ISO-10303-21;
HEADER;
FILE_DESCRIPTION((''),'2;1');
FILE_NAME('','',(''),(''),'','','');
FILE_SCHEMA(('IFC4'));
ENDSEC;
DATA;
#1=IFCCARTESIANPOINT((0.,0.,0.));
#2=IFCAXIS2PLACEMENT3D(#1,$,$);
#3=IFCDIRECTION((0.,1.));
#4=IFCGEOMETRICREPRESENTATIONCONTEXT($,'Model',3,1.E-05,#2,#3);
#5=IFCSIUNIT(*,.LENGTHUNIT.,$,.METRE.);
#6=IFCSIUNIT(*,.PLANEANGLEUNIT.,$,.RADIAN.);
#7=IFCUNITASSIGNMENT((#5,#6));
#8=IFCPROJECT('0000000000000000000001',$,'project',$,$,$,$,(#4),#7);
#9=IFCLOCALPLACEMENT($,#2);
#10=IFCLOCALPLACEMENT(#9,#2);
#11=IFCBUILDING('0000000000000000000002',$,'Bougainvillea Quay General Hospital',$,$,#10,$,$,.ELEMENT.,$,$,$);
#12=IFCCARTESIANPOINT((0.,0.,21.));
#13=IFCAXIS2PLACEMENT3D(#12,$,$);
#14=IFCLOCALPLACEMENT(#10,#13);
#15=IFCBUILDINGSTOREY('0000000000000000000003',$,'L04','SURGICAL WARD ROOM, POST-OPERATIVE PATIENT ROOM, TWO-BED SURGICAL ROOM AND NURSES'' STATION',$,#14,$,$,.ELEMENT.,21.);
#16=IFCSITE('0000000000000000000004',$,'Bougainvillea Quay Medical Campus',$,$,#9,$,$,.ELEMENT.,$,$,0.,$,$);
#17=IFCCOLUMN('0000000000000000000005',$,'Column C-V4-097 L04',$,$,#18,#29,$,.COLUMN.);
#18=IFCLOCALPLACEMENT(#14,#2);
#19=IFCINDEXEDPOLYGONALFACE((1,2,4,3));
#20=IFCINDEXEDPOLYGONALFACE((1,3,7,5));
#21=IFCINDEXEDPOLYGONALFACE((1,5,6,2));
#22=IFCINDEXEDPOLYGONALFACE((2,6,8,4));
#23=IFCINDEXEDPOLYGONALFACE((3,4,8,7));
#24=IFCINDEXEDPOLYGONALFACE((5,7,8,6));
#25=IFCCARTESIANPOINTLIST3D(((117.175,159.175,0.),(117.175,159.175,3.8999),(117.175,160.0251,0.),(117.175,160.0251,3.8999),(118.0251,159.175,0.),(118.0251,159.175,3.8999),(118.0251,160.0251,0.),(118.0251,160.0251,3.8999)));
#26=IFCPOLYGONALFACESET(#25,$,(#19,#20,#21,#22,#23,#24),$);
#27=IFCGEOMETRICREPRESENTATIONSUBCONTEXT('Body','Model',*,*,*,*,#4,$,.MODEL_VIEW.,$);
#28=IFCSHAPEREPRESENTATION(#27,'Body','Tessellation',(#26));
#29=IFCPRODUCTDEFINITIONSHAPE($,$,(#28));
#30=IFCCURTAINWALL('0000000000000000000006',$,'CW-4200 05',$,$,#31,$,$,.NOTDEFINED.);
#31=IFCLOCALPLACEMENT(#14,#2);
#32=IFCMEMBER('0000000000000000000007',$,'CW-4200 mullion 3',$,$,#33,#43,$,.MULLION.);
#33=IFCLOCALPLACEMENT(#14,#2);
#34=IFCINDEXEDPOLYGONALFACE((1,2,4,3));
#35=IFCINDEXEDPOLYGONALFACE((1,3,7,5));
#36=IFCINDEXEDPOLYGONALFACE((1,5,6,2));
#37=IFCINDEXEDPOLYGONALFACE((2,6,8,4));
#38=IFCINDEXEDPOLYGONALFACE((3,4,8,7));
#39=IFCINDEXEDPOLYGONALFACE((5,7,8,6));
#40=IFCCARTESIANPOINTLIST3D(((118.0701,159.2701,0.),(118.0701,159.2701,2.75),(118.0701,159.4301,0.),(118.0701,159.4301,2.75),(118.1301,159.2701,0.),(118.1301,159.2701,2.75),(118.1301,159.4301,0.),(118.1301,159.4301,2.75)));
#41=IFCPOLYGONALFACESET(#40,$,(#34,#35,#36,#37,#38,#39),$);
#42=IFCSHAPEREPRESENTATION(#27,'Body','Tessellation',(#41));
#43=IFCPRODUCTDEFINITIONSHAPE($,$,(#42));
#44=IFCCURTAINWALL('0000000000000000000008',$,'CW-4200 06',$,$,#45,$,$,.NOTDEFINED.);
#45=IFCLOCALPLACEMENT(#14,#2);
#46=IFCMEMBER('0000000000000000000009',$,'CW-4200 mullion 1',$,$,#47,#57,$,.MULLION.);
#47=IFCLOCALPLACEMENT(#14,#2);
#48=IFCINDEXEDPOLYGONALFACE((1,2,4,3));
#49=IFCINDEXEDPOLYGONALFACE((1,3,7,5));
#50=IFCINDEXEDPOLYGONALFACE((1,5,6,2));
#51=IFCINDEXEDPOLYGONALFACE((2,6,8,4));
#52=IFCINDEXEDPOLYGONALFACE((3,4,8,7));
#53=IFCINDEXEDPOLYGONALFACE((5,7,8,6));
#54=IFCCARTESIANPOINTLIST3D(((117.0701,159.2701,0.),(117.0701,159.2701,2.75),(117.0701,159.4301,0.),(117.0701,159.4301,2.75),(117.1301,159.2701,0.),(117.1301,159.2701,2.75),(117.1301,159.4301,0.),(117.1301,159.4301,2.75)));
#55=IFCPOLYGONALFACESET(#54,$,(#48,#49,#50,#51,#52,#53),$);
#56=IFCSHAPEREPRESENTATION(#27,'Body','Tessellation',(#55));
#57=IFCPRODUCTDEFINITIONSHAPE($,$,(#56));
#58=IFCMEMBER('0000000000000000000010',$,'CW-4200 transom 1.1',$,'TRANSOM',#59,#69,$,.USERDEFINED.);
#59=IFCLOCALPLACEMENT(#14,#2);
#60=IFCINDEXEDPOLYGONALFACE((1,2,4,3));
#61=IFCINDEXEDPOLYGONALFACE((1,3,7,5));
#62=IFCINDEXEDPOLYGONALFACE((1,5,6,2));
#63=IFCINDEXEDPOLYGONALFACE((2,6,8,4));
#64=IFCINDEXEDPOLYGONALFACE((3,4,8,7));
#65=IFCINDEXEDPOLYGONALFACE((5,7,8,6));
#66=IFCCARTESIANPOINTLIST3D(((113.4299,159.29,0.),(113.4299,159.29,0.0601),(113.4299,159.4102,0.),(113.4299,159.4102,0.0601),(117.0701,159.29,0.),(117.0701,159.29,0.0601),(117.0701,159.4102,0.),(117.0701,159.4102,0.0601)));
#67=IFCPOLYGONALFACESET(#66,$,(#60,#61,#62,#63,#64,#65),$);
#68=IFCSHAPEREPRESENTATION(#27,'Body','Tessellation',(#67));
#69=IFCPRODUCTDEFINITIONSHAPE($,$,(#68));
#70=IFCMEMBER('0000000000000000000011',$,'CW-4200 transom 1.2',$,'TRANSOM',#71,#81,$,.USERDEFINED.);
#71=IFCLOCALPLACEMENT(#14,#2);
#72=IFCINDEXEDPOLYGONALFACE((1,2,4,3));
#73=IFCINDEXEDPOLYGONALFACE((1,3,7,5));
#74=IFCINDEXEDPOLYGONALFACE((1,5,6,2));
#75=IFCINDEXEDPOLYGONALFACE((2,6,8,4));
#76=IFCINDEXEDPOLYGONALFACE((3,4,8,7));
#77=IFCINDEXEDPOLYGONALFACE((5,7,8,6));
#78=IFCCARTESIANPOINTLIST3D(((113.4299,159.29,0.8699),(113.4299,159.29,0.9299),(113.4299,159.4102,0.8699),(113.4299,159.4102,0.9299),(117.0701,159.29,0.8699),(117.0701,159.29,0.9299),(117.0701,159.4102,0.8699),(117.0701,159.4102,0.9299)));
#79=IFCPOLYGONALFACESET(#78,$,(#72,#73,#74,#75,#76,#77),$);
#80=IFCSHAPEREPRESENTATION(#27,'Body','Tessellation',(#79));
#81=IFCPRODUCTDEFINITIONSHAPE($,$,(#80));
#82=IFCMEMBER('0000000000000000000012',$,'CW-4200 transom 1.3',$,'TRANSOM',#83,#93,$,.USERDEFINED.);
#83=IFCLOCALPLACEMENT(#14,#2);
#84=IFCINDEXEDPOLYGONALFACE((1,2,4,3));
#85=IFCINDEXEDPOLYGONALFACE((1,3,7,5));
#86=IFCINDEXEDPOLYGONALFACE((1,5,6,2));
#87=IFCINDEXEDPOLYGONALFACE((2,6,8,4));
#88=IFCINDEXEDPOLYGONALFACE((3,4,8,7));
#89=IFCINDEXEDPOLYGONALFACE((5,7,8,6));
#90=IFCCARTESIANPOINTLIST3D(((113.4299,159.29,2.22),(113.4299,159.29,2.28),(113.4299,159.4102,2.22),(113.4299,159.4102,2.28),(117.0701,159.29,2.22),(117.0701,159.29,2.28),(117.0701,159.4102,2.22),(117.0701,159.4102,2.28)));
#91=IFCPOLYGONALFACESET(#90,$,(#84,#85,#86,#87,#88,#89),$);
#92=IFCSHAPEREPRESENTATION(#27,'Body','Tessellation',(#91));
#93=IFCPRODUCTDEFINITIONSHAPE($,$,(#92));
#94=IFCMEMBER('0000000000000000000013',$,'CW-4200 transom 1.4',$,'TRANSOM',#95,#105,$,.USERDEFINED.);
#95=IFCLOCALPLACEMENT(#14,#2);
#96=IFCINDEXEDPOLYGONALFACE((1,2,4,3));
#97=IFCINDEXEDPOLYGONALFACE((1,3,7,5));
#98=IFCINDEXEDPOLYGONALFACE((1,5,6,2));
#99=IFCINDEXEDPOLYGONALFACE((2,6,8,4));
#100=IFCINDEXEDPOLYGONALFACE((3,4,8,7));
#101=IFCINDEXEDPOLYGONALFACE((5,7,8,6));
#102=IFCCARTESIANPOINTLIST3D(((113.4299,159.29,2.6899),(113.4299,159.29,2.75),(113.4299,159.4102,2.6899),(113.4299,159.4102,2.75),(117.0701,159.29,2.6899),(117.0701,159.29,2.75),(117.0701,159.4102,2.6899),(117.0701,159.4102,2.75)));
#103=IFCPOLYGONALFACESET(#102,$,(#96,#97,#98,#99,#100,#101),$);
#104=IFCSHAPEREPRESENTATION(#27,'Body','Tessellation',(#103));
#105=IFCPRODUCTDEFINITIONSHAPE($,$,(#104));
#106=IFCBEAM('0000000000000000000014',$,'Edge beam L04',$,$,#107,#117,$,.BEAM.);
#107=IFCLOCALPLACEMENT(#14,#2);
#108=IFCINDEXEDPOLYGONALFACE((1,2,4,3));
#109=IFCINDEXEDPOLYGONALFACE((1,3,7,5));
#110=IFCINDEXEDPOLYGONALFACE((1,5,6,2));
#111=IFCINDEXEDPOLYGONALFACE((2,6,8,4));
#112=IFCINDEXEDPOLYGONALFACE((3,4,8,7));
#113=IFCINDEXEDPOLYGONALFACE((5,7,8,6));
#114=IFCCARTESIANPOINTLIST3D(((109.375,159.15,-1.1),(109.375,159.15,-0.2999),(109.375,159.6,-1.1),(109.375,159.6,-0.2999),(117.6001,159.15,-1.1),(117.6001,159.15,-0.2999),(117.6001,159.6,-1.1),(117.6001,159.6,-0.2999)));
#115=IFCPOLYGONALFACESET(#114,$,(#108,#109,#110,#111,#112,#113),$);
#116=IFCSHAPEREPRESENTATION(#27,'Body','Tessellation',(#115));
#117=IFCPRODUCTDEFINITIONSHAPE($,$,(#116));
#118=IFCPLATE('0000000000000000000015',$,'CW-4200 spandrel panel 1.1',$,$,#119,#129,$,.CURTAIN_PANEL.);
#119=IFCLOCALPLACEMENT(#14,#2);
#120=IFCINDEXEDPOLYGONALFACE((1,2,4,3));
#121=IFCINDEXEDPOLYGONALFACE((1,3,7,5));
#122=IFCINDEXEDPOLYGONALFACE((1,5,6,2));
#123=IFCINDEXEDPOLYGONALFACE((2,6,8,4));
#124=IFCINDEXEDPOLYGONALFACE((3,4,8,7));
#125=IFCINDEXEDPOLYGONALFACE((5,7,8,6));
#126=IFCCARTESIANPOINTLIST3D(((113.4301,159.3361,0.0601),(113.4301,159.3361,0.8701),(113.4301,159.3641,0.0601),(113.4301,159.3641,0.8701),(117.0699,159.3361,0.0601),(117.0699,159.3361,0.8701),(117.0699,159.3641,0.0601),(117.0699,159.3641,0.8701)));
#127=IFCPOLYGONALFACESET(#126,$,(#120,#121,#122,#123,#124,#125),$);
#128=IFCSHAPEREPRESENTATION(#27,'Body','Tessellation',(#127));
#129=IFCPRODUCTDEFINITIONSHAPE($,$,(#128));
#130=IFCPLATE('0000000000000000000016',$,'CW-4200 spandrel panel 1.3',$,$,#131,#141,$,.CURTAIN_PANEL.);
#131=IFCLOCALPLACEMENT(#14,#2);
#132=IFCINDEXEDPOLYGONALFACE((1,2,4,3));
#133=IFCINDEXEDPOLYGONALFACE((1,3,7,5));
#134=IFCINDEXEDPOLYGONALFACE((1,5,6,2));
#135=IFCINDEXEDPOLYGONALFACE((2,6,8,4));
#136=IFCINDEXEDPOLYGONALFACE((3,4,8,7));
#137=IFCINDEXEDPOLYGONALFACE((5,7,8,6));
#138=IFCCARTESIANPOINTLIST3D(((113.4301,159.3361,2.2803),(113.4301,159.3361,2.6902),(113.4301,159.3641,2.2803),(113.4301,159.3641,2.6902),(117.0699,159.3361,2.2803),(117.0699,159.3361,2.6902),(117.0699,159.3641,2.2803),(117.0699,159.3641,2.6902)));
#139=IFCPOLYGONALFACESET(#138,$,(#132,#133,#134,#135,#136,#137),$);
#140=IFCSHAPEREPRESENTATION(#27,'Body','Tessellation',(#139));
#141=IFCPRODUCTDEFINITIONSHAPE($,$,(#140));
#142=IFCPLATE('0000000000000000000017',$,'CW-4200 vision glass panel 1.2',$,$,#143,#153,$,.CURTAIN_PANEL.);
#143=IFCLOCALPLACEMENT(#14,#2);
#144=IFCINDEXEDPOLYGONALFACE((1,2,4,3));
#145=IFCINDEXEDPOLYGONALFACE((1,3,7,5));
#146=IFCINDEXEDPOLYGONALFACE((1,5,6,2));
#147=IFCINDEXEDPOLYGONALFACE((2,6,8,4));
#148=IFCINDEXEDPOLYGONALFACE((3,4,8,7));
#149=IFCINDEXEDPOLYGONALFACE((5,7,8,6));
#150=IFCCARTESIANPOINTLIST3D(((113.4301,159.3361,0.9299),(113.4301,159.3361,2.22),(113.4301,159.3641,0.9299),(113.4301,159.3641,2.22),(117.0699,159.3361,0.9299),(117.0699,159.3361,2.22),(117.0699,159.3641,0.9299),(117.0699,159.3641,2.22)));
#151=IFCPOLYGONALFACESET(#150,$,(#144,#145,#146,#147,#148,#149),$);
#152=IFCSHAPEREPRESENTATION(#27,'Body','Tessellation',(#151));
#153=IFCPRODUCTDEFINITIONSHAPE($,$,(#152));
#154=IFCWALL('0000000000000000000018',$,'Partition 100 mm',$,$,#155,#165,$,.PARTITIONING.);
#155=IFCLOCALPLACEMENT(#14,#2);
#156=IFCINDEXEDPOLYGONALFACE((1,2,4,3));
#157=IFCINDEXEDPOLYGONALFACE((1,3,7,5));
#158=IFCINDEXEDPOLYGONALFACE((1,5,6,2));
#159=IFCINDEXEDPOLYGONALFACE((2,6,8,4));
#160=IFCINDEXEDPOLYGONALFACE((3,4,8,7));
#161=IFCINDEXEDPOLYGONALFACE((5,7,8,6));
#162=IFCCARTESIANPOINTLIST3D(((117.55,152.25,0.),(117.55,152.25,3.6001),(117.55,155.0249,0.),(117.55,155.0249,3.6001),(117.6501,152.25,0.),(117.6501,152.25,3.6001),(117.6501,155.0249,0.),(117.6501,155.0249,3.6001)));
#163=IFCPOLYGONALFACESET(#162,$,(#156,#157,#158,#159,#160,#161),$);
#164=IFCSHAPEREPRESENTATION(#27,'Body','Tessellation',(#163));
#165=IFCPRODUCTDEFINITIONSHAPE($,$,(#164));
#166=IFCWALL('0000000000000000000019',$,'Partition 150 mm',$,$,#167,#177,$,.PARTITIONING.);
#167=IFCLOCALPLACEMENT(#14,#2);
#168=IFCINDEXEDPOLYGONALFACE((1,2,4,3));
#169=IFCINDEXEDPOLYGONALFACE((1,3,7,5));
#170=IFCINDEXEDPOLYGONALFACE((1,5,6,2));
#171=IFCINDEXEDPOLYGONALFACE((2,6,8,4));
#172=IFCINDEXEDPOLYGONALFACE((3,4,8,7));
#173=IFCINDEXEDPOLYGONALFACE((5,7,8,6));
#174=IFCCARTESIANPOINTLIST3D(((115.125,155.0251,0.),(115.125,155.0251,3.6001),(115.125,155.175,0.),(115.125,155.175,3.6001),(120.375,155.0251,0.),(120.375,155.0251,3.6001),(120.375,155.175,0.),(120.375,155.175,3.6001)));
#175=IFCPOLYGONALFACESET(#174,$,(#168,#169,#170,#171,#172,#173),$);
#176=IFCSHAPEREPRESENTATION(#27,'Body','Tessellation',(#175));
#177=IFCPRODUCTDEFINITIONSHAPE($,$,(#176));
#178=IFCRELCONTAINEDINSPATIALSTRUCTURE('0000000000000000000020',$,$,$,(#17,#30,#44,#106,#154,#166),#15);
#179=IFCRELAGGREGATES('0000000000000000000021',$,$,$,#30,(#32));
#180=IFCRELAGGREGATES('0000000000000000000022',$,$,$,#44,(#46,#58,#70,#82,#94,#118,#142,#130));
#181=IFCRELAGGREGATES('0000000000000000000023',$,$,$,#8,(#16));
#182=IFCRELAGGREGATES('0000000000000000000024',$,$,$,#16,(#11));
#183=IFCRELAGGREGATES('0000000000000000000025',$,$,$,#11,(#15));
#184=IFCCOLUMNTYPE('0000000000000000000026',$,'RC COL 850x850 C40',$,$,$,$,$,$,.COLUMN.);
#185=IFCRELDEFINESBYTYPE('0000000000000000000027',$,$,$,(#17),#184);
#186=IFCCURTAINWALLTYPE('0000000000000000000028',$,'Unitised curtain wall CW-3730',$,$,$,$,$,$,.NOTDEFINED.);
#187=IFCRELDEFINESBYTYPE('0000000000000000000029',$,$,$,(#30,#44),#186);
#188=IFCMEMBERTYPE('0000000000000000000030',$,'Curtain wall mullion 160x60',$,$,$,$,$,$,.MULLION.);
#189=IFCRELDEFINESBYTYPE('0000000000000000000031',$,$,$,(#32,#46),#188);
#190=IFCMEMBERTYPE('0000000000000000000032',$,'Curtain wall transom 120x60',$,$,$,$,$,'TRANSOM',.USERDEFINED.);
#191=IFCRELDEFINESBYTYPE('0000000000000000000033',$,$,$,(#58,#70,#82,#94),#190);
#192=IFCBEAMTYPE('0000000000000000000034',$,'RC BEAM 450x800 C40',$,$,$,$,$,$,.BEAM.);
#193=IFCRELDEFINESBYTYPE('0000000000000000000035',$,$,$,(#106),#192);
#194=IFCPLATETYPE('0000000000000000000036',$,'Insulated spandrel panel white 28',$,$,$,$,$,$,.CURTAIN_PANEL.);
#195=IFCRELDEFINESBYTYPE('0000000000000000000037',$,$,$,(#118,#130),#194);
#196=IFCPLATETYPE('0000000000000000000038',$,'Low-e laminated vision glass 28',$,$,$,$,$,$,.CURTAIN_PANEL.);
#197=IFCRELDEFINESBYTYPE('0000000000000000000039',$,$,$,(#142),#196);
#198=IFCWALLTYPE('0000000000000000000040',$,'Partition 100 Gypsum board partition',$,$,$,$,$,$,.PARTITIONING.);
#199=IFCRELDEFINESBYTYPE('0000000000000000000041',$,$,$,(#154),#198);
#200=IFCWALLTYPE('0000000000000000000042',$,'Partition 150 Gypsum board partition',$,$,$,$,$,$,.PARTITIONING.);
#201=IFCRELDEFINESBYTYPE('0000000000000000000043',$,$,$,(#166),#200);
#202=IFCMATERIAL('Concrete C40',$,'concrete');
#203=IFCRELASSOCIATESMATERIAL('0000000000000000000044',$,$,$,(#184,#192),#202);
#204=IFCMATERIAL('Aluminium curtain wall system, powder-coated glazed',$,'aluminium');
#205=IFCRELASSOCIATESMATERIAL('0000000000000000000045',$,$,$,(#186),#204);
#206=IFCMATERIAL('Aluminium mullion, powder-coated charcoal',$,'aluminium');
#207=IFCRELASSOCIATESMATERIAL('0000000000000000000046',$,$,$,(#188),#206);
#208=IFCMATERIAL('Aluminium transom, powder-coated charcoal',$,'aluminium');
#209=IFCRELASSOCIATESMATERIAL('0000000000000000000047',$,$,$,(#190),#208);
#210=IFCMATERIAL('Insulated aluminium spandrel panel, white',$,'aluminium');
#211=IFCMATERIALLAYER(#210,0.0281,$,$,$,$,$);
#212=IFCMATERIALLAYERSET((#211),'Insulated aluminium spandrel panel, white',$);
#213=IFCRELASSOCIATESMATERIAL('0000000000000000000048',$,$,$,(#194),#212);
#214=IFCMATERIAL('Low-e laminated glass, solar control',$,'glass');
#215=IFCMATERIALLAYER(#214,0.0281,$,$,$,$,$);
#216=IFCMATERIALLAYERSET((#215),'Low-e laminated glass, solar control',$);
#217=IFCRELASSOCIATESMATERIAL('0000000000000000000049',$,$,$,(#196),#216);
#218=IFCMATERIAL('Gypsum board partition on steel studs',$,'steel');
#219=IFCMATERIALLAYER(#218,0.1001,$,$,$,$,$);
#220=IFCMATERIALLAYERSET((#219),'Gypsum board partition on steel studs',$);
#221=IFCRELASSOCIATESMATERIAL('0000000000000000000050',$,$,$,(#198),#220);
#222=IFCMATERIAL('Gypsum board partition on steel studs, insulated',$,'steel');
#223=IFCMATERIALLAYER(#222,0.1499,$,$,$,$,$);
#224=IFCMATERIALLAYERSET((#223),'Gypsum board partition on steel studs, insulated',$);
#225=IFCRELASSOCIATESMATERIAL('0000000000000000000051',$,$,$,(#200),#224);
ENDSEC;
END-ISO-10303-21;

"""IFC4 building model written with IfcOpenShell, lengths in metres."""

from ifc_helpers import new_model, si_unit, direction, frame, frame_2d, origin, origin_2d, place, context, subcontext, project, spatial, rectangle, extrude, material, layer, layer_set, material_profile, profile_set, type_object, element, aggregate, save


model = new_model("IFC4")

# Units and contexts
model_context = context("Model", 3, precision=1e-05, world=origin(), true_north=direction((0.0, 1.0)))
body_context = subcontext(model_context, "Body", "Model", "MODEL_VIEW")
ifc_project = project(units=[si_unit("LENGTHUNIT", "METRE"), si_unit("PLANEANGLEUNIT", "RADIAN")], contexts=[model_context])

# Site, building, storey
site_placement = place(None, origin())
site = spatial("IfcSite", under=ifc_project, at=site_placement, Name="Bougainvillea Quay Medical Campus", CompositionType="ELEMENT", RefElevation=0.0)
building_placement = place(site_placement, origin())
building = spatial("IfcBuilding", under=site, at=building_placement, Name="Bougainvillea Quay General Hospital", CompositionType="ELEMENT")
storey_placement = place(building_placement, frame((0.0, 0.0, 21.0)))
storey = spatial("IfcBuildingStorey", under=building, at=storey_placement, Name="L04", Description="SURGICAL WARD ROOM, POST-OPERATIVE PATIENT ROOM, TWO-BED SURGICAL ROOM AND NURSES' STATION", CompositionType="ELEMENT", Elevation=21.0)

# Column
ifc_material_1 = material(Name="Concrete C40", Category="concrete")
ifc_material_profile_1 = material_profile(ifc_material_1, rectangle(XDim=0.8501, YDim=0.8501, at=origin_2d()))
ifc_profile_set_1 = profile_set([ifc_material_profile_1], Name="Concrete C40")
column_type = type_object("IfcColumnType", Name="RC COL 850x850 C40", PredefinedType="COLUMN", material=ifc_profile_set_1)
column_placement = place(storey_placement, frame((117.6001, 159.6001, 0.0), z_axis=(0.0, 0.0, 1.0), x_axis=(1.0, 0.0, 0.0)))
element("IfcColumn", 1, at=column_placement, inside=storey, type_object=column_type, Name="Column C-V4-097 L04", PredefinedType="COLUMN", context=body_context, shape_type="SweptSolid", body=[
    extrude(rectangle(XDim=0.8501, YDim=0.8501, at=origin_2d()), origin(), (0.0, 0.0, 1.0), 3.8999),
])

# Curtain wall, member
ifc_material_2 = material(Name="Aluminium curtain wall system, powder-coated glazed", Category="aluminium")
curtain_wall_type = type_object("IfcCurtainWallType", Name="Unitised curtain wall CW-3730", PredefinedType="NOTDEFINED", material=ifc_material_2)
curtain_wall_1_placement = place(storey_placement, origin())
curtain_wall_1 = element("IfcCurtainWall", 2, at=curtain_wall_1_placement, inside=storey, type_object=curtain_wall_type, Name="CW-4200 05", PredefinedType="NOTDEFINED")
ifc_material_3 = material(Name="Aluminium mullion, powder-coated charcoal", Category="aluminium")
ifc_material_profile_2 = material_profile(ifc_material_3, rectangle(XDim=0.1599, YDim=0.0601, at=origin_2d()))
ifc_profile_set_2 = profile_set([ifc_material_profile_2], Name="Aluminium mullion, powder-coated charcoal")
member_type_1 = type_object("IfcMemberType", Name="Curtain wall mullion 160x60", PredefinedType="MULLION", material=ifc_profile_set_2)
member_1_placement = place(storey_placement, frame((118.1001, 159.3501, 0.0), z_axis=(0.0, 0.0, 1.0), x_axis=(0.0, -1.0, 0.0)))
member_1 = element("IfcMember", 3, at=member_1_placement, type_object=member_type_1, Name="CW-4200 mullion 3", PredefinedType="MULLION", context=body_context, shape_type="SweptSolid", body=[
    extrude(rectangle(XDim=0.1599, YDim=0.0601, at=origin_2d()), origin(), (0.0, 0.0, 1.0), 2.75),
])
aggregate(curtain_wall_1, [member_1])

# Curtain wall, members
curtain_wall_2_placement = place(storey_placement, origin())
curtain_wall_2 = element("IfcCurtainWall", 4, at=curtain_wall_2_placement, inside=storey, type_object=curtain_wall_type, Name="CW-4200 06", PredefinedType="NOTDEFINED")
member_2_placement = place(storey_placement, frame((117.1001, 159.3501, 0.0), z_axis=(0.0, 0.0, 1.0), x_axis=(0.0, -1.0, 0.0)))
member_2 = element("IfcMember", 5, at=member_2_placement, type_object=member_type_1, Name="CW-4200 mullion 1", PredefinedType="MULLION", context=body_context, shape_type="SweptSolid", body=[
    extrude(rectangle(XDim=0.1599, YDim=0.0601, at=origin_2d()), origin(), (0.0, 0.0, 1.0), 2.75),
])
ifc_material_4 = material(Name="Aluminium transom, powder-coated charcoal", Category="aluminium")
ifc_material_profile_3 = material_profile(ifc_material_4, rectangle(XDim=0.1201, YDim=0.0601, at=origin_2d()))
ifc_profile_set_3 = profile_set([ifc_material_profile_3], Name="Aluminium transom, powder-coated charcoal")
member_type_2 = type_object("IfcMemberType", Name="Curtain wall transom 120x60", ElementType="TRANSOM", PredefinedType="USERDEFINED", material=ifc_profile_set_3)
member_3_placement = place(storey_placement, frame((117.0701, 159.3501, 0.03), z_axis=(-1.0, 0.0, 0.0), x_axis=(0.0, -1.0, 0.0)))
member_3 = element("IfcMember", 6, at=member_3_placement, type_object=member_type_2, Name="CW-4200 transom 1.1", ObjectType="TRANSOM", PredefinedType="USERDEFINED", context=body_context, shape_type="SweptSolid", body=[
    extrude(rectangle(XDim=0.1201, YDim=0.0601, at=origin_2d()), origin(), (0.0, 0.0, 1.0), 3.6401),
])
member_4_placement = place(storey_placement, frame((117.0701, 159.3501, 0.8999), z_axis=(-1.0, 0.0, 0.0), x_axis=(0.0, -1.0, 0.0)))
member_4 = element("IfcMember", 7, at=member_4_placement, type_object=member_type_2, Name="CW-4200 transom 1.2", ObjectType="TRANSOM", PredefinedType="USERDEFINED", context=body_context, shape_type="SweptSolid", body=[
    extrude(rectangle(XDim=0.1201, YDim=0.0601, at=origin_2d()), origin(), (0.0, 0.0, 1.0), 3.6401),
])
member_5_placement = place(storey_placement, frame((117.0701, 159.3501, 2.25), z_axis=(-1.0, 0.0, 0.0), x_axis=(0.0, -1.0, 0.0)))
member_5 = element("IfcMember", 8, at=member_5_placement, type_object=member_type_2, Name="CW-4200 transom 1.3", ObjectType="TRANSOM", PredefinedType="USERDEFINED", context=body_context, shape_type="SweptSolid", body=[
    extrude(rectangle(XDim=0.1201, YDim=0.0601, at=origin_2d()), origin(), (0.0, 0.0, 1.0), 3.6401),
])
member_6_placement = place(storey_placement, frame((117.0701, 159.3501, 2.72), z_axis=(-1.0, 0.0, 0.0), x_axis=(0.0, -1.0, 0.0)))
member_6 = element("IfcMember", 9, at=member_6_placement, type_object=member_type_2, Name="CW-4200 transom 1.4", ObjectType="TRANSOM", PredefinedType="USERDEFINED", context=body_context, shape_type="SweptSolid", body=[
    extrude(rectangle(XDim=0.1201, YDim=0.0601, at=origin_2d()), origin(), (0.0, 0.0, 1.0), 3.6401),
])

# Beam
ifc_material_profile_4 = material_profile(ifc_material_1, rectangle(XDim=0.45, YDim=0.8, at=origin_2d()))
ifc_profile_set_4 = profile_set([ifc_material_profile_4], Name="Concrete C40")
beam_type = type_object("IfcBeamType", Name="RC BEAM 450x800 C40", PredefinedType="BEAM", material=ifc_profile_set_4)
beam_placement = place(storey_placement, frame((117.6001, 159.375, -0.7), z_axis=(-1.0, 0.0, 0.0), x_axis=(0.0, -1.0, 0.0)))
element("IfcBeam", 10, at=beam_placement, inside=storey, type_object=beam_type, Name="Edge beam L04", PredefinedType="BEAM", context=body_context, shape_type="SweptSolid", body=[
    extrude(rectangle(XDim=0.45, YDim=0.8, at=origin_2d()), origin(), (0.0, 0.0, 1.0), 8.2251),
])

# Plates
ifc_material_5 = material(Name="Insulated aluminium spandrel panel, white", Category="aluminium")
ifc_layer_1 = layer(ifc_material_5, 0.0281)
ifc_layer_set_1 = layer_set([ifc_layer_1], Name="Insulated aluminium spandrel panel, white")
plate_type_1 = type_object("IfcPlateType", Name="Insulated spandrel panel white 28", PredefinedType="CURTAIN_PANEL", material=ifc_layer_set_1)
plate_1_placement = place(storey_placement, frame((115.25, 159.3501, 0.0601), z_axis=(0.0, 0.0, 1.0), x_axis=(-1.0, 0.0, 0.0)))
plate_1 = element("IfcPlate", 11, at=plate_1_placement, type_object=plate_type_1, Name="CW-4200 spandrel panel 1.1", PredefinedType="CURTAIN_PANEL", context=body_context, shape_type="SweptSolid", body=[
    extrude(rectangle(XDim=3.6399, YDim=0.0281, at=origin_2d()), origin(), (0.0, 0.0, 1.0), 0.8101),
])
plate_2_placement = place(storey_placement, frame((115.25, 159.3501, 2.2803), z_axis=(0.0, 0.0, 1.0), x_axis=(-1.0, 0.0, 0.0)))
plate_2 = element("IfcPlate", 12, at=plate_2_placement, type_object=plate_type_1, Name="CW-4200 spandrel panel 1.3", PredefinedType="CURTAIN_PANEL", context=body_context, shape_type="SweptSolid", body=[
    extrude(rectangle(XDim=3.6399, YDim=0.0281, at=origin_2d()), origin(), (0.0, 0.0, 1.0), 0.4099),
])
ifc_material_6 = material(Name="Low-e laminated glass, solar control", Category="glass")
ifc_layer_2 = layer(ifc_material_6, 0.0281)
ifc_layer_set_2 = layer_set([ifc_layer_2], Name="Low-e laminated glass, solar control")
plate_type_2 = type_object("IfcPlateType", Name="Low-e laminated vision glass 28", PredefinedType="CURTAIN_PANEL", material=ifc_layer_set_2)
plate_3_placement = place(storey_placement, frame((115.25, 159.3501, 0.9299), z_axis=(0.0, 0.0, 1.0), x_axis=(-1.0, 0.0, 0.0)))
plate_3 = element("IfcPlate", 13, at=plate_3_placement, type_object=plate_type_2, Name="CW-4200 vision glass panel 1.2", PredefinedType="CURTAIN_PANEL", context=body_context, shape_type="SweptSolid", body=[
    extrude(rectangle(XDim=3.6399, YDim=0.0281, at=origin_2d()), origin(), (0.0, 0.0, 1.0), 1.29),
])
aggregate(curtain_wall_2, [member_2, member_3, member_4, member_5, member_6, plate_1, plate_3, plate_2])

# Walls
ifc_material_7 = material(Name="Gypsum board partition on steel studs", Category="steel")
ifc_layer_3 = layer(ifc_material_7, 0.1001)
ifc_layer_set_3 = layer_set([ifc_layer_3], Name="Gypsum board partition on steel studs")
wall_type_1 = type_object("IfcWallType", Name="Partition 100 Gypsum board partition", PredefinedType="PARTITIONING", material=ifc_layer_set_3)
wall_1_placement = place(storey_placement, frame((117.6001, 152.25, 0.0), z_axis=(0.0, 0.0, 1.0), x_axis=(0.0, 1.0, 0.0)))
element("IfcWall", 14, at=wall_1_placement, inside=storey, type_object=wall_type_1, Name="Partition 100 mm", PredefinedType="PARTITIONING", context=body_context, shape_type="SweptSolid", body=[
    extrude(rectangle(XDim=2.7749, YDim=0.1001, at=frame_2d((1.3875, 0.0))), origin(), (0.0, 0.0, 1.0), 3.6001),
])
ifc_material_8 = material(Name="Gypsum board partition on steel studs, insulated", Category="steel")
ifc_layer_4 = layer(ifc_material_8, 0.1499)
ifc_layer_set_4 = layer_set([ifc_layer_4], Name="Gypsum board partition on steel studs, insulated")
wall_type_2 = type_object("IfcWallType", Name="Partition 150 Gypsum board partition", PredefinedType="PARTITIONING", material=ifc_layer_set_4)
wall_2_placement = place(storey_placement, frame((115.125, 155.1001, 0.0), z_axis=(0.0, 0.0, 1.0), x_axis=(1.0, 0.0, 0.0)))
element("IfcWall", 15, at=wall_2_placement, inside=storey, type_object=wall_type_2, Name="Partition 150 mm", PredefinedType="PARTITIONING", context=body_context, shape_type="SweptSolid", body=[
    extrude(rectangle(XDim=5.25, YDim=0.1499, at=frame_2d((2.625, 0.0))), origin(), (0.0, 0.0, 1.0), 3.6001),
])

save(model, "model.ifc")
